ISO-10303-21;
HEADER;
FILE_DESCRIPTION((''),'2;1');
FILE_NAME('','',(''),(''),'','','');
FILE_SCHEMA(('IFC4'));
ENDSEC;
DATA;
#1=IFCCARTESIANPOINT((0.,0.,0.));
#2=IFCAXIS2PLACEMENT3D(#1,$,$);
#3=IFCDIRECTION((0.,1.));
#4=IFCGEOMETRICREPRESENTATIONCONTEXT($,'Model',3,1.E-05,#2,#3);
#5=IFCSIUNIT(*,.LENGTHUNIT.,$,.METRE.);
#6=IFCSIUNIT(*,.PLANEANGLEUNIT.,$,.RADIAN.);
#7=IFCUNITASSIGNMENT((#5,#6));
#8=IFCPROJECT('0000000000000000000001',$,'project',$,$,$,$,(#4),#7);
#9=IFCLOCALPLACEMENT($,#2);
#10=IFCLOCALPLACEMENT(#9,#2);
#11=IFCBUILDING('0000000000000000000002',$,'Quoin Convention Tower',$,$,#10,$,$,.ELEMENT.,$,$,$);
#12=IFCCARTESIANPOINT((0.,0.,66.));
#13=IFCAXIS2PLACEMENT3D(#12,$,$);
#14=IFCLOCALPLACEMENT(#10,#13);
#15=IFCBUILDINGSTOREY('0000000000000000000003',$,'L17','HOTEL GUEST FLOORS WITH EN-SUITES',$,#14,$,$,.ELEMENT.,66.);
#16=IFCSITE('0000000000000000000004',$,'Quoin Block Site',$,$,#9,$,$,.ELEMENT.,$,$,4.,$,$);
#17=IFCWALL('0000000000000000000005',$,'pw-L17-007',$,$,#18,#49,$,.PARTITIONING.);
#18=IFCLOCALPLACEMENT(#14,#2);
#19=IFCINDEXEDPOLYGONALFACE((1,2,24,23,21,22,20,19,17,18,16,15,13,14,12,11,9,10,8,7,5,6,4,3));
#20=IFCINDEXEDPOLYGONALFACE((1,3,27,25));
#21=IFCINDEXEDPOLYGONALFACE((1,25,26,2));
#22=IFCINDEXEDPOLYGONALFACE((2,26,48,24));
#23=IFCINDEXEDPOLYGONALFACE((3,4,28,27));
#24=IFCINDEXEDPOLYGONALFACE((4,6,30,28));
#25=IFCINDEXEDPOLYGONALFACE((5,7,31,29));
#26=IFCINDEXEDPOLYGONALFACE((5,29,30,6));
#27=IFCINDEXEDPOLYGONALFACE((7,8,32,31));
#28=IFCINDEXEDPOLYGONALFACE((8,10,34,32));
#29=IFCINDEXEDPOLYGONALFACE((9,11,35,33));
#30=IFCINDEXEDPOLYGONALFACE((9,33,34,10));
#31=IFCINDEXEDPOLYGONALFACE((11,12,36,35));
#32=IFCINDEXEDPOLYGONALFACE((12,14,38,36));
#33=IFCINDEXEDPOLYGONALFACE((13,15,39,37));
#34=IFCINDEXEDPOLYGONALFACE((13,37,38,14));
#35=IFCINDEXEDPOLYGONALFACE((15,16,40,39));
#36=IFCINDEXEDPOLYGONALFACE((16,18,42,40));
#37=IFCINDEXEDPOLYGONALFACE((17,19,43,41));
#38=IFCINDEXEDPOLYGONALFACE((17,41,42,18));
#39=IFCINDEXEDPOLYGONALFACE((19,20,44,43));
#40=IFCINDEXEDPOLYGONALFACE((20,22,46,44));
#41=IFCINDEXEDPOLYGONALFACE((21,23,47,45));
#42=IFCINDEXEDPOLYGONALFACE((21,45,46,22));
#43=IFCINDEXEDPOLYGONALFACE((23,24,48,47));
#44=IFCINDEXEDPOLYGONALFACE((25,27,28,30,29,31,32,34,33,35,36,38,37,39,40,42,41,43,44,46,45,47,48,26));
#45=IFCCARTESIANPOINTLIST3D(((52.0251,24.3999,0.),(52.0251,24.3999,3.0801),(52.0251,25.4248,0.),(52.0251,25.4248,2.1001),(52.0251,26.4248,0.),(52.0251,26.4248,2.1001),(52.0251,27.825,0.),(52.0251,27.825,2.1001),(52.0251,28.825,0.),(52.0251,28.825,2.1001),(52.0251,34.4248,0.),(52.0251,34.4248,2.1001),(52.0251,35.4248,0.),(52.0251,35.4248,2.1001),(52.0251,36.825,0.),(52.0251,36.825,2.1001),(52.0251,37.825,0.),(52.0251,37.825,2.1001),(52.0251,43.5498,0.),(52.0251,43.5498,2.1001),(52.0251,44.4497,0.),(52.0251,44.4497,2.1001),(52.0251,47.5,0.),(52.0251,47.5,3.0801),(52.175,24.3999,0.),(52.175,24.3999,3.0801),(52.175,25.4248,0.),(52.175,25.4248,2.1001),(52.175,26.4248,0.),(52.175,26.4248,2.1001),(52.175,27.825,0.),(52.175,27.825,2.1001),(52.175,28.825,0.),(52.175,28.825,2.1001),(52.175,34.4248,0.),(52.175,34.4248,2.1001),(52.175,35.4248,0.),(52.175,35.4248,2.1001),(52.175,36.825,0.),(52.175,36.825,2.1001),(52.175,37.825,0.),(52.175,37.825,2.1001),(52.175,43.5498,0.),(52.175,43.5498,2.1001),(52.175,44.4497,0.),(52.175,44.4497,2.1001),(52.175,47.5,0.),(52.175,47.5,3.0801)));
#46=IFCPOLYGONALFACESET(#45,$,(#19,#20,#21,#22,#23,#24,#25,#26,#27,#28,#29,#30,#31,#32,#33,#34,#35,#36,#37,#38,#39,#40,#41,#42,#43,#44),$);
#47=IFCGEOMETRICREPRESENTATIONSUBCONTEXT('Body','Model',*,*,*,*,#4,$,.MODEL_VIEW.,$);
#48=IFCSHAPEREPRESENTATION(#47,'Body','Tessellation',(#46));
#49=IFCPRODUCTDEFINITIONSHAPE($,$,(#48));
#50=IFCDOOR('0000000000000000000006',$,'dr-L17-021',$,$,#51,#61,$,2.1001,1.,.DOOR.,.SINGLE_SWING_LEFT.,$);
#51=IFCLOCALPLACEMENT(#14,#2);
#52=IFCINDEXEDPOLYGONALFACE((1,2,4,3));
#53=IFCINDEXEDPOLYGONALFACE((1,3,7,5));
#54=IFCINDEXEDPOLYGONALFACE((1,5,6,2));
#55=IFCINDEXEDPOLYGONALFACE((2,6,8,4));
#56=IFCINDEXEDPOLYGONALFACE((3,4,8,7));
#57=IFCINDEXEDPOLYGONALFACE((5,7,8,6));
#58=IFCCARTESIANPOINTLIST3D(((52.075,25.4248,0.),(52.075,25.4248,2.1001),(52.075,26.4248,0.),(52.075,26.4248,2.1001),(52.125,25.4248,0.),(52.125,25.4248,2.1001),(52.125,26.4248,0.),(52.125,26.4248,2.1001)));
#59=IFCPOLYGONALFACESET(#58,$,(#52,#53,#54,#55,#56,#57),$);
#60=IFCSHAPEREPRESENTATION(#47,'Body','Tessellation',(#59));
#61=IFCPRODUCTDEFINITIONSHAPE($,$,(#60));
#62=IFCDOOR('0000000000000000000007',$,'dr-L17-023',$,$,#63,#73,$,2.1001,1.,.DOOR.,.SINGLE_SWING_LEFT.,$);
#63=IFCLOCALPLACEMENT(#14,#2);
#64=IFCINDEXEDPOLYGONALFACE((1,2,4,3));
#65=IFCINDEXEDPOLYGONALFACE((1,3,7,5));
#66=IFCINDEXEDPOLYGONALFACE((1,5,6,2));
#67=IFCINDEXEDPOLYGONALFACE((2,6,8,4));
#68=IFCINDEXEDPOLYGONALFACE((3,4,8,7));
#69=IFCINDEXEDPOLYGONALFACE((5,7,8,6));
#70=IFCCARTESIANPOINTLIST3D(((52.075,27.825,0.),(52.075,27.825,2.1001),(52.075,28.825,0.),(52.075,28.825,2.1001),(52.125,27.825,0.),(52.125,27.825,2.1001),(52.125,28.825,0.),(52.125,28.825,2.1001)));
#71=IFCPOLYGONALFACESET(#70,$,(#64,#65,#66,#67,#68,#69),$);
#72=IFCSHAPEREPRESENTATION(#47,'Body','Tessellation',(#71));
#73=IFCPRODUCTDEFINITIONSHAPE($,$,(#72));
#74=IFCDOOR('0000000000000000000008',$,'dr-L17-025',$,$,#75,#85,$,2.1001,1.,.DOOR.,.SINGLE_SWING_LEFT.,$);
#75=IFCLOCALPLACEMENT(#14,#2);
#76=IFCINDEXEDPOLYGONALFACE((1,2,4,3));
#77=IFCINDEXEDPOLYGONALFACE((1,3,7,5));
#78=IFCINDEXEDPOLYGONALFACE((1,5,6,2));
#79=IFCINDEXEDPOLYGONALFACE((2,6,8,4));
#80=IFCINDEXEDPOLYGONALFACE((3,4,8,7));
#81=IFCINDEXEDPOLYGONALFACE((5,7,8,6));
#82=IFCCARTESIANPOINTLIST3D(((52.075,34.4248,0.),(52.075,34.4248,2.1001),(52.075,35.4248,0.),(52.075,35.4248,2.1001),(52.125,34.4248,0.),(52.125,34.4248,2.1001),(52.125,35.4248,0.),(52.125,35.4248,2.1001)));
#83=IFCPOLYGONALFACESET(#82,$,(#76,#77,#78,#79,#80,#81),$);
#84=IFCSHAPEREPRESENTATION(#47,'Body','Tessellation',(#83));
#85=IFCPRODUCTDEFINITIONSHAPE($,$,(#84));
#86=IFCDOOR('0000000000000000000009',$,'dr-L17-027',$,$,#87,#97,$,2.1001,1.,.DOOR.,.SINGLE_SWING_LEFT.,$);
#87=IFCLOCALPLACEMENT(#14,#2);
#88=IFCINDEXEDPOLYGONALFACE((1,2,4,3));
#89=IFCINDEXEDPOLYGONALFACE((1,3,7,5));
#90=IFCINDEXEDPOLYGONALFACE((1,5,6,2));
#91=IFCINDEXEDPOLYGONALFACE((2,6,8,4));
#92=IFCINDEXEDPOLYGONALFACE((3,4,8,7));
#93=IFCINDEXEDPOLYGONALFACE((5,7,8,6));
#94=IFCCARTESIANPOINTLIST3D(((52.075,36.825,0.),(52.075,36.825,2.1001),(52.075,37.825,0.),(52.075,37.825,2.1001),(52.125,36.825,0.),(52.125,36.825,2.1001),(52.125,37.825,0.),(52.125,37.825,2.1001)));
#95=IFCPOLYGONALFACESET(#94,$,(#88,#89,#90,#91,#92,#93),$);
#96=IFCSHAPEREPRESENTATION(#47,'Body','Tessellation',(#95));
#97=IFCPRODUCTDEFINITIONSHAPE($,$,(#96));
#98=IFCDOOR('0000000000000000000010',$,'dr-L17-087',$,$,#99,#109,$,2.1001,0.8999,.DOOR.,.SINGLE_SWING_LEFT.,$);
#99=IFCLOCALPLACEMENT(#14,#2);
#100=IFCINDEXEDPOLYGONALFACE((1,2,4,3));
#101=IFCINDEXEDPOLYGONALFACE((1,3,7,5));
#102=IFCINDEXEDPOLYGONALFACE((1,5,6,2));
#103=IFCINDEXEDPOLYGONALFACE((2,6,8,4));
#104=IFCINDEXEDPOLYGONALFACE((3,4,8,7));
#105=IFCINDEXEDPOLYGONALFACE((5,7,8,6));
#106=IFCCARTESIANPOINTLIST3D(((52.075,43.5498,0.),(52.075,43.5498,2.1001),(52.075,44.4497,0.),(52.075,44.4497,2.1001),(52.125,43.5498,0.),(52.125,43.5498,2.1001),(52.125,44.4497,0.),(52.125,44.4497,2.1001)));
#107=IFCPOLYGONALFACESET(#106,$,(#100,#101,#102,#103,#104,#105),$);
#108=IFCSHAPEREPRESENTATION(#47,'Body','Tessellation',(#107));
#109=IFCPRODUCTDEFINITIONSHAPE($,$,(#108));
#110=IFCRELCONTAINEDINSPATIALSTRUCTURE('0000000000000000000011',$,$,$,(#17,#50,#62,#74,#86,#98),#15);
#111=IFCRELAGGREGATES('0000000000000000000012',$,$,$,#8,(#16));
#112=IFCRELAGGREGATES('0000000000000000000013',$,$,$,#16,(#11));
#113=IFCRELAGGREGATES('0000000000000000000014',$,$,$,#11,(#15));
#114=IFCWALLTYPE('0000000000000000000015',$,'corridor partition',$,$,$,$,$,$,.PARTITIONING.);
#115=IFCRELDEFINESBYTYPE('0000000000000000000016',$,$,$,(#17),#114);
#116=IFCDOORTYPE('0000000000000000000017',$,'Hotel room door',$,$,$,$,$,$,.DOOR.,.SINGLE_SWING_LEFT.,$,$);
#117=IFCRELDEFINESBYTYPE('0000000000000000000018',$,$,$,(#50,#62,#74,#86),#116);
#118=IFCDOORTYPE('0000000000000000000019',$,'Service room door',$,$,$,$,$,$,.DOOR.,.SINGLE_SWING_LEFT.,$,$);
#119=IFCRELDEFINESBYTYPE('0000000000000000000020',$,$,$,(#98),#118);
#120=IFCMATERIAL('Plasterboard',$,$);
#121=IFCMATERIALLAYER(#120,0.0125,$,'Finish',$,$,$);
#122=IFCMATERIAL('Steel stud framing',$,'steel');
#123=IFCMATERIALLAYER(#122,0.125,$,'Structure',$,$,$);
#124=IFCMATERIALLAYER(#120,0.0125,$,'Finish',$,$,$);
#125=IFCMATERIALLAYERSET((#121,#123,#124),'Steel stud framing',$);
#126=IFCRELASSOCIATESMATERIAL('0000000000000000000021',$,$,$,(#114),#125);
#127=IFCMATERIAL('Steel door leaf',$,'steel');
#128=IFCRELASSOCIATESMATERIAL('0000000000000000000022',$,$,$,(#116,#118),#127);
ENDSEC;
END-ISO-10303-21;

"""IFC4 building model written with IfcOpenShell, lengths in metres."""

from ifc_helpers import new_model, si_unit, direction, frame, frame_2d, origin, place, context, subcontext, project, spatial, rectangle, extrude, material, layer, layer_set, type_object, element, fill, save


model = new_model("IFC4")

# Units and contexts
model_context = context("Model", 3, precision=1e-05, world=origin(), true_north=direction((0.0, 1.0)))
body_context = subcontext(model_context, "Body", "Model", "MODEL_VIEW")
ifc_project = project(units=[si_unit("LENGTHUNIT", "METRE"), si_unit("PLANEANGLEUNIT", "RADIAN")], contexts=[model_context])

# Site, building, storey
site_placement = place(None, origin())
site = spatial("IfcSite", under=ifc_project, at=site_placement, Name="Quoin Block Site", CompositionType="ELEMENT", RefElevation=4.0)
building_placement = place(site_placement, origin())
building = spatial("IfcBuilding", under=site, at=building_placement, Name="Quoin Convention Tower", CompositionType="ELEMENT")
storey_placement = place(building_placement, frame((0.0, 0.0, 66.0)))
storey = spatial("IfcBuildingStorey", under=building, at=storey_placement, Name="L17", Description="HOTEL GUEST FLOORS WITH EN-SUITES", CompositionType="ELEMENT", Elevation=66.0)

# Shared definitions
ifc_material_1 = material(Name="Steel door leaf", Category="steel")

# Wall, openings, doors
ifc_material_2 = material(Name="Plasterboard")
ifc_layer_1 = layer(ifc_material_2, 0.0125, Name="Finish")
ifc_material_3 = material(Name="Steel stud framing", Category="steel")
ifc_layer_2 = layer(ifc_material_3, 0.125, Name="Structure")
ifc_layer_3 = layer(ifc_material_2, 0.0125, Name="Finish")
ifc_layer_set_1 = layer_set([ifc_layer_1, ifc_layer_2, ifc_layer_3], Name="Steel stud framing")
wall_type_1 = type_object("IfcWallType", Name="corridor partition", PredefinedType="PARTITIONING", material=ifc_layer_set_1)
wall_1_placement = place(storey_placement, frame((52.1001, 24.3999, 0.0), z_axis=(0.0, 0.0, 1.0), x_axis=(0.0, 1.0, 0.0)))
wall_1 = element("IfcWall", 1, at=wall_1_placement, inside=storey, type_object=wall_type_1, Name="pw-L17-007", PredefinedType="PARTITIONING", context=body_context, shape_type="SweptSolid", body=[
    extrude(rectangle(XDim=23.1001, YDim=0.1499, at=frame_2d((11.55, 0.0))), origin(), (0.0, 0.0, 1.0), 3.0801),
])
opening_1_placement = place(wall_1_placement, frame((1.0249, 0.0, 0.0)))
opening_1 = element("IfcOpeningElement", 2, at=opening_1_placement, cuts=wall_1, PredefinedType="OPENING", context=body_context, shape_type="SweptSolid", body=[
    extrude(rectangle(XDim=1.0, YDim=2.1001, at=frame_2d((0.5, 1.05))), frame((0.0, 0.085, 0.0), z_axis=(0.0, -1.0, 0.0), x_axis=(1.0, 0.0, 0.0)), (0.0, 0.0, 1.0), 0.1699),
])
opening_2_placement = place(wall_1_placement, frame((3.425, 0.0, 0.0)))
opening_2 = element("IfcOpeningElement", 3, at=opening_2_placement, cuts=wall_1, PredefinedType="OPENING", context=body_context, shape_type="SweptSolid", body=[
    extrude(rectangle(XDim=1.0, YDim=2.1001, at=frame_2d((0.5, 1.05))), frame((0.0, 0.085, 0.0), z_axis=(0.0, -1.0, 0.0), x_axis=(1.0, 0.0, 0.0)), (0.0, 0.0, 1.0), 0.1699),
])
opening_3_placement = place(wall_1_placement, frame((10.0249, 0.0, 0.0)))
opening_3 = element("IfcOpeningElement", 4, at=opening_3_placement, cuts=wall_1, PredefinedType="OPENING", context=body_context, shape_type="SweptSolid", body=[
    extrude(rectangle(XDim=1.0, YDim=2.1001, at=frame_2d((0.5, 1.05))), frame((0.0, 0.085, 0.0), z_axis=(0.0, -1.0, 0.0), x_axis=(1.0, 0.0, 0.0)), (0.0, 0.0, 1.0), 0.1699),
])
opening_4_placement = place(wall_1_placement, frame((12.425, 0.0, 0.0)))
opening_4 = element("IfcOpeningElement", 5, at=opening_4_placement, cuts=wall_1, PredefinedType="OPENING", context=body_context, shape_type="SweptSolid", body=[
    extrude(rectangle(XDim=1.0, YDim=2.1001, at=frame_2d((0.5, 1.05))), frame((0.0, 0.085, 0.0), z_axis=(0.0, -1.0, 0.0), x_axis=(1.0, 0.0, 0.0)), (0.0, 0.0, 1.0), 0.1699),
])
opening_5_placement = place(wall_1_placement, frame((19.1499, 0.0, 0.0)))
opening_5 = element("IfcOpeningElement", 6, at=opening_5_placement, cuts=wall_1, PredefinedType="OPENING", context=body_context, shape_type="SweptSolid", body=[
    extrude(rectangle(XDim=0.8999, YDim=2.1001, at=frame_2d((0.45, 1.05))), frame((0.0, 0.085, 0.0), z_axis=(0.0, -1.0, 0.0), x_axis=(1.0, 0.0, 0.0)), (0.0, 0.0, 1.0), 0.1699),
])
door_type_1 = type_object("IfcDoorType", Name="Hotel room door", OperationType="SINGLE_SWING_LEFT", PredefinedType="DOOR", material=ifc_material_1)
door_1_placement = place(opening_1_placement, frame((1.0, 0.0, 0.0), z_axis=(0.0, 0.0, 1.0), x_axis=(-1.0, 0.0, 0.0)))
door_1 = element("IfcDoor", 7, at=door_1_placement, inside=storey, type_object=door_type_1, Name="dr-L17-021", OperationType="SINGLE_SWING_LEFT", OverallHeight=2.1001, OverallWidth=1.0, PredefinedType="DOOR", context=body_context, shape_type="SweptSolid", body=[
    extrude(rectangle(XDim=1.0, YDim=2.1001, at=frame_2d((0.5, 1.05))), frame((0.0, 0.0249, 0.0), z_axis=(0.0, -1.0, 0.0), x_axis=(1.0, 0.0, 0.0)), (0.0, 0.0, 1.0), 0.05),
])
fill(opening_1, door_1)
door_2_placement = place(opening_2_placement, frame((1.0, 0.0, 0.0), z_axis=(0.0, 0.0, 1.0), x_axis=(-1.0, 0.0, 0.0)))
door_2 = element("IfcDoor", 8, at=door_2_placement, inside=storey, type_object=door_type_1, Name="dr-L17-023", OperationType="SINGLE_SWING_LEFT", OverallHeight=2.1001, OverallWidth=1.0, PredefinedType="DOOR", context=body_context, shape_type="SweptSolid", body=[
    extrude(rectangle(XDim=1.0, YDim=2.1001, at=frame_2d((0.5, 1.05))), frame((0.0, 0.0249, 0.0), z_axis=(0.0, -1.0, 0.0), x_axis=(1.0, 0.0, 0.0)), (0.0, 0.0, 1.0), 0.05),
])
fill(opening_2, door_2)
door_3_placement = place(opening_3_placement, frame((1.0, 0.0, 0.0), z_axis=(0.0, 0.0, 1.0), x_axis=(-1.0, 0.0, 0.0)))
door_3 = element("IfcDoor", 9, at=door_3_placement, inside=storey, type_object=door_type_1, Name="dr-L17-025", OperationType="SINGLE_SWING_LEFT", OverallHeight=2.1001, OverallWidth=1.0, PredefinedType="DOOR", context=body_context, shape_type="SweptSolid", body=[
    extrude(rectangle(XDim=1.0, YDim=2.1001, at=frame_2d((0.5, 1.05))), frame((0.0, 0.0249, 0.0), z_axis=(0.0, -1.0, 0.0), x_axis=(1.0, 0.0, 0.0)), (0.0, 0.0, 1.0), 0.05),
])
fill(opening_3, door_3)
door_4_placement = place(opening_4_placement, frame((1.0, 0.0, 0.0), z_axis=(0.0, 0.0, 1.0), x_axis=(-1.0, 0.0, 0.0)))
door_4 = element("IfcDoor", 10, at=door_4_placement, inside=storey, type_object=door_type_1, Name="dr-L17-027", OperationType="SINGLE_SWING_LEFT", OverallHeight=2.1001, OverallWidth=1.0, PredefinedType="DOOR", context=body_context, shape_type="SweptSolid", body=[
    extrude(rectangle(XDim=1.0, YDim=2.1001, at=frame_2d((0.5, 1.05))), frame((0.0, 0.0249, 0.0), z_axis=(0.0, -1.0, 0.0), x_axis=(1.0, 0.0, 0.0)), (0.0, 0.0, 1.0), 0.05),
])
fill(opening_4, door_4)
door_type_2 = type_object("IfcDoorType", Name="Service room door", OperationType="SINGLE_SWING_LEFT", PredefinedType="DOOR", material=ifc_material_1)
door_5_placement = place(opening_5_placement, frame((0.8999, 0.0, 0.0), z_axis=(0.0, 0.0, 1.0), x_axis=(-1.0, 0.0, 0.0)))
door_5 = element("IfcDoor", 11, at=door_5_placement, inside=storey, type_object=door_type_2, Name="dr-L17-087", OperationType="SINGLE_SWING_LEFT", OverallHeight=2.1001, OverallWidth=0.8999, PredefinedType="DOOR", context=body_context, shape_type="SweptSolid", body=[
    extrude(rectangle(XDim=0.8999, YDim=2.1001, at=frame_2d((0.45, 1.05))), frame((0.0, 0.0249, 0.0), z_axis=(0.0, -1.0, 0.0), x_axis=(1.0, 0.0, 0.0)), (0.0, 0.0, 1.0), 0.05),
])
fill(opening_5, door_5)

save(model, "model.ifc")
